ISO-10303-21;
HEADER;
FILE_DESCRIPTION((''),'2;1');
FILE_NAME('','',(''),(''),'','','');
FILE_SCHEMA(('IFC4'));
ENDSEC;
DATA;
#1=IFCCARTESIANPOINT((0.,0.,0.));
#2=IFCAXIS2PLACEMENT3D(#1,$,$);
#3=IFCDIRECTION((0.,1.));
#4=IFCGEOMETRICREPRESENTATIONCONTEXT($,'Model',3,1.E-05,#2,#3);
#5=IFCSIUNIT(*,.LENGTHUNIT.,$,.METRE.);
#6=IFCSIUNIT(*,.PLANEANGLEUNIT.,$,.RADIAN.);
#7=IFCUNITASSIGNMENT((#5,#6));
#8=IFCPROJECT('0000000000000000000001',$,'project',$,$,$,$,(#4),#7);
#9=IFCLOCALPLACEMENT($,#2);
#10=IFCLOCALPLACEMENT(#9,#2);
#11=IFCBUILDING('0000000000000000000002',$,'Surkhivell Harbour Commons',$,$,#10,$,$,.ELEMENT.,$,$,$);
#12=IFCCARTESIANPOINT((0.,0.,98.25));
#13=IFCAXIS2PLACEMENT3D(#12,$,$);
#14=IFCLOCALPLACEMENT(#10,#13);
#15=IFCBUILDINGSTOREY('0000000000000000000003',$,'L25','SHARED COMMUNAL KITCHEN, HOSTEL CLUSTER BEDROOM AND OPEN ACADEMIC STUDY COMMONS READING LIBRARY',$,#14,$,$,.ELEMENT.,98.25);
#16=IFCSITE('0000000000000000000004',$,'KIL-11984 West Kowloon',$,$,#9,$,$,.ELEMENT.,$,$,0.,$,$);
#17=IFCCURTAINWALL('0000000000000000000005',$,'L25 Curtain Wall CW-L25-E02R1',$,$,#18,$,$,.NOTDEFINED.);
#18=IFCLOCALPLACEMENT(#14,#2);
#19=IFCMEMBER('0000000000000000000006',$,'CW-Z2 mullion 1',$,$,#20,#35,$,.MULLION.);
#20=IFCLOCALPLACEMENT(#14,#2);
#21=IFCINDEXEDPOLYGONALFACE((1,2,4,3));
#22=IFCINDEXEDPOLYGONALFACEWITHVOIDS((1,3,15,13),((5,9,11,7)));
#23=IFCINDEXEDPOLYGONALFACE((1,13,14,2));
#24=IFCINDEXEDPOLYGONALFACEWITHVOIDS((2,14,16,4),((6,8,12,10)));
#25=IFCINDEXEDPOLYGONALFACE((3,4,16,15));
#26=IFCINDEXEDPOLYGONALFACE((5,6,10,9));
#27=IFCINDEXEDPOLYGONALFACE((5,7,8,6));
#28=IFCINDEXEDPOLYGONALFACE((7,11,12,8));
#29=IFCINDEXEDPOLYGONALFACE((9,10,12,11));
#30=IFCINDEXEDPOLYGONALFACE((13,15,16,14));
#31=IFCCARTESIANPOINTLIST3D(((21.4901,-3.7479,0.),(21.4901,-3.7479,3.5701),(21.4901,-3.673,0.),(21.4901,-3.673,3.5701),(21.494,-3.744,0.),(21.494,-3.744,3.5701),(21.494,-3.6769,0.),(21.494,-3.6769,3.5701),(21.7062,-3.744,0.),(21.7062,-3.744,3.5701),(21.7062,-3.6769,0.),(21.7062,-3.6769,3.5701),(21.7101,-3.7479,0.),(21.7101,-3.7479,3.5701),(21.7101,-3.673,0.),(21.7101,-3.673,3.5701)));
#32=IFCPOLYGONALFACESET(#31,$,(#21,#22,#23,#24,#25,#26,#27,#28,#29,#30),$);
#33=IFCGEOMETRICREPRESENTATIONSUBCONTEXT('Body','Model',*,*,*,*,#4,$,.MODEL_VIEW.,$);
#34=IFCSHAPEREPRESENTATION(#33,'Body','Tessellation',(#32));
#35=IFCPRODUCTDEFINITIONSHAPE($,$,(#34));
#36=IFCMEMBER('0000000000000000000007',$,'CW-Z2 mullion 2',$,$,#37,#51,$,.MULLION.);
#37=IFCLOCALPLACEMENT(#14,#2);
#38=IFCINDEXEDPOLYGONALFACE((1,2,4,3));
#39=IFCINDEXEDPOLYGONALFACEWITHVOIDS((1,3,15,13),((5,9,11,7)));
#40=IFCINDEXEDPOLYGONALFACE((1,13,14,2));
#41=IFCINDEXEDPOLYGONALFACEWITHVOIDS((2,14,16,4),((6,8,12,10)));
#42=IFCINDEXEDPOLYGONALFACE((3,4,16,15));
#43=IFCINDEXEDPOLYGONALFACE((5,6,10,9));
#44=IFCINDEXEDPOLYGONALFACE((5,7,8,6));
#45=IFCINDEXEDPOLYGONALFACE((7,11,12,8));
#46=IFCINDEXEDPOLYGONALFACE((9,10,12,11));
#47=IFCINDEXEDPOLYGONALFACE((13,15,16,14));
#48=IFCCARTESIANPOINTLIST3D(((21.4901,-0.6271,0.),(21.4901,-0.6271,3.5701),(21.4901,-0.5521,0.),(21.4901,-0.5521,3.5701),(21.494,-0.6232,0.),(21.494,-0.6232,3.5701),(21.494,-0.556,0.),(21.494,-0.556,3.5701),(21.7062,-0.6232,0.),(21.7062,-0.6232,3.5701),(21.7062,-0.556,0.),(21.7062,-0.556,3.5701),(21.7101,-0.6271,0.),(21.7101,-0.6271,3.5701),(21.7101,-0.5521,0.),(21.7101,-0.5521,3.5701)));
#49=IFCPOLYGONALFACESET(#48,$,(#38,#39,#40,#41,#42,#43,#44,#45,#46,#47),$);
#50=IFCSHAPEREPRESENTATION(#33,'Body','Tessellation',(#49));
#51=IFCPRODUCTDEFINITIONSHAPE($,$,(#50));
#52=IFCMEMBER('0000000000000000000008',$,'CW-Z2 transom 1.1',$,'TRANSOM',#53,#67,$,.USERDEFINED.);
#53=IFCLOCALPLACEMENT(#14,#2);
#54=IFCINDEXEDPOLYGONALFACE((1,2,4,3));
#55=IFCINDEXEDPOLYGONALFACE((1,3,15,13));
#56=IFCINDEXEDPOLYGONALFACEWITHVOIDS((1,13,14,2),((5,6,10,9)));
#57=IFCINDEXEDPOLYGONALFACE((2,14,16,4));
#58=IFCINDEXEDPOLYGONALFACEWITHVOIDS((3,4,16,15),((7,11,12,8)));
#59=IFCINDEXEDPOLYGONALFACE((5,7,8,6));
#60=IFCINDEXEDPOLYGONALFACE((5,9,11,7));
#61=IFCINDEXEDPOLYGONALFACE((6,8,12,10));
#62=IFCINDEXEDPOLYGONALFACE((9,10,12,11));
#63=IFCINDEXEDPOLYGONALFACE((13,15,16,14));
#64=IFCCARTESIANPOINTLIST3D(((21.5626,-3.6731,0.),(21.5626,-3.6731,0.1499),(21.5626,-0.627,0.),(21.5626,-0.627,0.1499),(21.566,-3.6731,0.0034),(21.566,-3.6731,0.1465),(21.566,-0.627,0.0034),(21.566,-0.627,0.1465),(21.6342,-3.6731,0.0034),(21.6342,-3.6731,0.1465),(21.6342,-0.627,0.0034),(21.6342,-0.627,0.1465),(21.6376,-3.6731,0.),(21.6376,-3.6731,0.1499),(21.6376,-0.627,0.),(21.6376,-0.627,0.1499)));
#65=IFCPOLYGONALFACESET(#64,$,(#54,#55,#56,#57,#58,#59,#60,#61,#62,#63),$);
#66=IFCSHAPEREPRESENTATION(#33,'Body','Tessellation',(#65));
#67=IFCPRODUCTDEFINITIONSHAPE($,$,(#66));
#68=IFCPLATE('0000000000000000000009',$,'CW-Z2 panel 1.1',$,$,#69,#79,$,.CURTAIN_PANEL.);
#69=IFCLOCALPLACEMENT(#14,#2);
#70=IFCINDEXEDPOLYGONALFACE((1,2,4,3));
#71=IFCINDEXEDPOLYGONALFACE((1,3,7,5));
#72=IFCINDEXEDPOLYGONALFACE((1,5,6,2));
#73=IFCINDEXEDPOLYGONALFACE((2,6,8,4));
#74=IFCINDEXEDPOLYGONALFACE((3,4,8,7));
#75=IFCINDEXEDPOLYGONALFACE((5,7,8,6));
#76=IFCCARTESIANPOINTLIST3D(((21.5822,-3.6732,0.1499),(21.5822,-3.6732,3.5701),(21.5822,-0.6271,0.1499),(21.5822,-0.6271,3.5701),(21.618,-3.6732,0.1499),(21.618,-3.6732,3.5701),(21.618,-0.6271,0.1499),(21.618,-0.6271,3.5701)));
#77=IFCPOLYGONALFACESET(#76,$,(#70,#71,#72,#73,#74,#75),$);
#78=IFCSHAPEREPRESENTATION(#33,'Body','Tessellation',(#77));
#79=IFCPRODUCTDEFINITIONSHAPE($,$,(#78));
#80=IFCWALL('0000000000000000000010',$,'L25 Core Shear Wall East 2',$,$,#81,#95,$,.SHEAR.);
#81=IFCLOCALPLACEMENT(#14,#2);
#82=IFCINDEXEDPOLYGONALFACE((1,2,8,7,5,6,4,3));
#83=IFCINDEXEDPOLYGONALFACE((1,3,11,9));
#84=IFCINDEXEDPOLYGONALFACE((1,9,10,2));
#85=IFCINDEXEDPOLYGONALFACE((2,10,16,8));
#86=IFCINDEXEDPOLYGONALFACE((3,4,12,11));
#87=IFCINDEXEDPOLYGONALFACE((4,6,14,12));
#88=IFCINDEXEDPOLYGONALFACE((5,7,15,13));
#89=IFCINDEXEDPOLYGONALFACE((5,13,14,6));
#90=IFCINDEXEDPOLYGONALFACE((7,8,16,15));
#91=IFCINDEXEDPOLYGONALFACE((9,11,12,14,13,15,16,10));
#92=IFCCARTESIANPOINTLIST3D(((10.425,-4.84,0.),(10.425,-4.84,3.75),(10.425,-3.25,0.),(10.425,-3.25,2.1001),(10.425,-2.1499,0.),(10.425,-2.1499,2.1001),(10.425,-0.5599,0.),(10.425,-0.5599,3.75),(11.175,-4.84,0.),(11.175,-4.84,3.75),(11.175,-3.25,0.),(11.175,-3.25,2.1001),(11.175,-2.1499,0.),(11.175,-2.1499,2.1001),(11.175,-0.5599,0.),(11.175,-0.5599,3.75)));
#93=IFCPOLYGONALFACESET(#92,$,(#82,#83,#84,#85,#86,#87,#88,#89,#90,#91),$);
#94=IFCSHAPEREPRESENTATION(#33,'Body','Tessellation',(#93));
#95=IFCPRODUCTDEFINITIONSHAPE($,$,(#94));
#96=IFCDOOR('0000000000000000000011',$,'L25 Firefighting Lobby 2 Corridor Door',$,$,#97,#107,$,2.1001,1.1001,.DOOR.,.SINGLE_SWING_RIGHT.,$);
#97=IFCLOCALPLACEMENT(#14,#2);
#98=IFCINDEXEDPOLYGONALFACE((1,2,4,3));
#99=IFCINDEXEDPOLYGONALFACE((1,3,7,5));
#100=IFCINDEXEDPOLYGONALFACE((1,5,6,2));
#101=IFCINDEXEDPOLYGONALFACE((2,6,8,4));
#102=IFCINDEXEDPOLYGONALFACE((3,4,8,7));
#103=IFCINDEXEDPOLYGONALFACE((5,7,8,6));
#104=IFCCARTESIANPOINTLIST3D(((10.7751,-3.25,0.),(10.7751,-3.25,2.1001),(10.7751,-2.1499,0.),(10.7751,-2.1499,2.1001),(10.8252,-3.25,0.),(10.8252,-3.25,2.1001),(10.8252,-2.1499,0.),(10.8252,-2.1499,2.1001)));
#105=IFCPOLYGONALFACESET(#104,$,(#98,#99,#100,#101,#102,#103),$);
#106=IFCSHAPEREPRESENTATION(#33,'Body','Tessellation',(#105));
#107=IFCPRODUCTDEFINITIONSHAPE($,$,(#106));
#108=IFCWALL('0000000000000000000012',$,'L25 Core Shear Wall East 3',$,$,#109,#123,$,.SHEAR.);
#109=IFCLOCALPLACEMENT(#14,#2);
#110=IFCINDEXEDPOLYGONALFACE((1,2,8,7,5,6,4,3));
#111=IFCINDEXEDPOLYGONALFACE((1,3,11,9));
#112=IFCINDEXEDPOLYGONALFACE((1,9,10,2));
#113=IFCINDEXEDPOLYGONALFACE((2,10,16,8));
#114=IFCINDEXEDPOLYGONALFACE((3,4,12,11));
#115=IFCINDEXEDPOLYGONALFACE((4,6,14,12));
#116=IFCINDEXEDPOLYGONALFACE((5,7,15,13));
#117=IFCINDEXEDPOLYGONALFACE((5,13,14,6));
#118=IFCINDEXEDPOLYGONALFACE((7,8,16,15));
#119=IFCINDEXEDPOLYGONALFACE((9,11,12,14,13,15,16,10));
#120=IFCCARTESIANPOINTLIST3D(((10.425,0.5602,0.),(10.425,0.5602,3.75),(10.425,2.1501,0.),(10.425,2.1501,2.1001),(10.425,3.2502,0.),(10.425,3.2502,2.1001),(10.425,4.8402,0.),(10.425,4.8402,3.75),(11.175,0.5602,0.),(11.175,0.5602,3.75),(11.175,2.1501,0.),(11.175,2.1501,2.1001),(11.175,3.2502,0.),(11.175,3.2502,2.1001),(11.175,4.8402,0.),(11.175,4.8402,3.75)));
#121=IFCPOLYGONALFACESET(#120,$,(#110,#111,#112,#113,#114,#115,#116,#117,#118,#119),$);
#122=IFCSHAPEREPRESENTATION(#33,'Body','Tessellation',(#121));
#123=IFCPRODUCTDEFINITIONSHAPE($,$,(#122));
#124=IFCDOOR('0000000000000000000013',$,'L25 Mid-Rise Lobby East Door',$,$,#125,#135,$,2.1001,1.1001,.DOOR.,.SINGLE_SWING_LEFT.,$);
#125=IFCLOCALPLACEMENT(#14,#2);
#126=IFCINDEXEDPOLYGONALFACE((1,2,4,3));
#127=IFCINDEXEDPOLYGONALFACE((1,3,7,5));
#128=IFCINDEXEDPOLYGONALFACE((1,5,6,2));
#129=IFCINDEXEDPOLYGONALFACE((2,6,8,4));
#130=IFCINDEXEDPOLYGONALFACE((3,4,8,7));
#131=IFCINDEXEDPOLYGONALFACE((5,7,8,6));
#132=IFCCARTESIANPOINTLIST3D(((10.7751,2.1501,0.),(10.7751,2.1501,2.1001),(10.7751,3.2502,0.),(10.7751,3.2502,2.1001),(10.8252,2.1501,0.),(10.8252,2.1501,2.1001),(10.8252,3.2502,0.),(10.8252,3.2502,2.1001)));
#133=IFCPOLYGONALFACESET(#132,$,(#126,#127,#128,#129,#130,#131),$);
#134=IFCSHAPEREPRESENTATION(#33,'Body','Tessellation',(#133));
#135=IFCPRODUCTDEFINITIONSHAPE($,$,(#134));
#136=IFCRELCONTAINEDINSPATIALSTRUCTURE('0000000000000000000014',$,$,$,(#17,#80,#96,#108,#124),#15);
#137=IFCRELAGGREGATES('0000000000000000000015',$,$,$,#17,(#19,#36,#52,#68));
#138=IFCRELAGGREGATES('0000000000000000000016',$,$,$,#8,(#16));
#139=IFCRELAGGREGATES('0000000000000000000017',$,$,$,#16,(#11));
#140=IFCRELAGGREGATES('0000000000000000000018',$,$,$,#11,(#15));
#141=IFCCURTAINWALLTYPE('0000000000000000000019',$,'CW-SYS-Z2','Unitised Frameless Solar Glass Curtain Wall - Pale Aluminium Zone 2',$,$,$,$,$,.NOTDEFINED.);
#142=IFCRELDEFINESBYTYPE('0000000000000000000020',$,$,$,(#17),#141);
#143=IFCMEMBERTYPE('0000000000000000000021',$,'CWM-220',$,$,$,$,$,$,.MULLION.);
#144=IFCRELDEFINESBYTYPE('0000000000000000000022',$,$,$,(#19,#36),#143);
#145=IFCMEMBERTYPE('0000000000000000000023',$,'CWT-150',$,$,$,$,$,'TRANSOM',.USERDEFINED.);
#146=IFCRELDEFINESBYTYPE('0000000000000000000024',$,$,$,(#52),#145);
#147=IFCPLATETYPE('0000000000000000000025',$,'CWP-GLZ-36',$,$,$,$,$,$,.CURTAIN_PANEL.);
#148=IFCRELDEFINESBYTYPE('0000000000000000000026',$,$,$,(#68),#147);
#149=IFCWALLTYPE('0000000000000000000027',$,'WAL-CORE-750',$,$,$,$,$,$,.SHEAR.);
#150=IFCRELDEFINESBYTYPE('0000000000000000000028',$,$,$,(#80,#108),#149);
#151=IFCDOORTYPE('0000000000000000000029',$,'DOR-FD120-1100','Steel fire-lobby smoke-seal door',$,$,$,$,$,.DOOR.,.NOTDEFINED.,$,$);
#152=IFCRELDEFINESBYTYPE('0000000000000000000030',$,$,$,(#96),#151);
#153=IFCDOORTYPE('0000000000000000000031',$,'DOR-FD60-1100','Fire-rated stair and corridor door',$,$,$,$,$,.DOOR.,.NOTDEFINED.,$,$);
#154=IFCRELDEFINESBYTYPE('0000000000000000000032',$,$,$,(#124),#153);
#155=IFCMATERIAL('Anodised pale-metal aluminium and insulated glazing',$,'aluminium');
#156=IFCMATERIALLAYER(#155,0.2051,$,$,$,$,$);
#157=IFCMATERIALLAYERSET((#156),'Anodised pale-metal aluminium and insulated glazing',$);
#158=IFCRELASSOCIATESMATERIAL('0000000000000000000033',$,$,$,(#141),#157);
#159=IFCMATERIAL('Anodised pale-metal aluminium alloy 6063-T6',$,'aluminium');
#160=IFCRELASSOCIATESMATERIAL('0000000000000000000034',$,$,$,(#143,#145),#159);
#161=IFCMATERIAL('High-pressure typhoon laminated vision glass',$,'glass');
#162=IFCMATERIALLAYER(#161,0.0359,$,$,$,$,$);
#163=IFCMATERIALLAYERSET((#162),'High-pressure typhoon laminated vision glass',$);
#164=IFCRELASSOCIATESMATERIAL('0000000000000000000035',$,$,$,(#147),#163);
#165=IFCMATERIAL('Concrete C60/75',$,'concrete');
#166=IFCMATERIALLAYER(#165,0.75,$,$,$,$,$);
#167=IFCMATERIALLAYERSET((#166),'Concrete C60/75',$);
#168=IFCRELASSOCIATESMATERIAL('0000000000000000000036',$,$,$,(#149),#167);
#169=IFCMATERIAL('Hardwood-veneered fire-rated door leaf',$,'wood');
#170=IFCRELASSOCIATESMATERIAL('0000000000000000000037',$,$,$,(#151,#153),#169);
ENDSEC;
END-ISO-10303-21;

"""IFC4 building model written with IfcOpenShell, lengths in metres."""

from ifc_helpers import new_model, si_unit, direction, frame, frame_2d, origin, origin_2d, place, context, subcontext, project, spatial, rectangle, hollow_rectangle, extrude, material, layer, layer_set, material_profile, profile_set, type_object, element, fill, aggregate, save


model = new_model("IFC4")

# Units and contexts
model_context = context("Model", 3, precision=1e-05, world=origin(), true_north=direction((0.0, 1.0)))
body_context = subcontext(model_context, "Body", "Model", "MODEL_VIEW")
ifc_project = project(units=[si_unit("LENGTHUNIT", "METRE"), si_unit("PLANEANGLEUNIT", "RADIAN")], contexts=[model_context])

# Site, building, storey
site_placement = place(None, origin())
site = spatial("IfcSite", under=ifc_project, at=site_placement, Name="KIL-11984 West Kowloon", CompositionType="ELEMENT", RefElevation=0.0)
building_placement = place(site_placement, origin())
building = spatial("IfcBuilding", under=site, at=building_placement, Name="Surkhivell Harbour Commons", CompositionType="ELEMENT")
storey_placement = place(building_placement, frame((0.0, 0.0, 98.25)))
storey = spatial("IfcBuildingStorey", under=building, at=storey_placement, Name="L25", Description="SHARED COMMUNAL KITCHEN, HOSTEL CLUSTER BEDROOM AND OPEN ACADEMIC STUDY COMMONS READING LIBRARY", CompositionType="ELEMENT", Elevation=98.25)

# Shared definitions
ifc_material_1 = material(Name="Concrete C60/75", Category="concrete")

# Shared definitions
ifc_material_2 = material(Name="Anodised pale-metal aluminium and insulated glazing", Category="aluminium")
ifc_layer_1 = layer(ifc_material_2, 0.2051)
ifc_layer_set_1 = layer_set([ifc_layer_1], Name="Anodised pale-metal aluminium and insulated glazing")
curtain_wall_type = type_object("IfcCurtainWallType", Name="CW-SYS-Z2", Description="Unitised Frameless Solar Glass Curtain Wall - Pale Aluminium Zone 2", PredefinedType="NOTDEFINED", material=ifc_layer_set_1)
ifc_material_3 = material(Name="Anodised pale-metal aluminium alloy 6063-T6", Category="aluminium")
ifc_material_profile_1 = material_profile(ifc_material_3, hollow_rectangle(XDim=0.075, YDim=0.22, WallThickness=0.0039, at=origin_2d()), Name="ALU-MULL-75x220")
ifc_profile_set_1 = profile_set([ifc_material_profile_1], Name="Anodised pale-metal aluminium alloy 6063-T6")
member_type_1 = type_object("IfcMemberType", Name="CWM-220", PredefinedType="MULLION", material=ifc_profile_set_1)

# Curtain wall, members, plate
curtain_wall_1_placement = place(storey_placement, origin())
curtain_wall_1 = element("IfcCurtainWall", 1, at=curtain_wall_1_placement, inside=storey, type_object=curtain_wall_type, Name="L25 Curtain Wall CW-L25-E02R1", PredefinedType="NOTDEFINED")
member_1_placement = place(storey_placement, frame((21.6001, -3.7104, 0.0), z_axis=(0.0, 0.0, 1.0), x_axis=(0.0, 1.0, 0.0)))
member_1 = element("IfcMember", 2, at=member_1_placement, type_object=member_type_1, Name="CW-Z2 mullion 1", PredefinedType="MULLION", context=body_context, shape_type="SweptSolid", body=[
    extrude(hollow_rectangle(XDim=0.075, YDim=0.22, WallThickness=0.0039, at=origin_2d()), origin(), (0.0, 0.0, 1.0), 3.5701),
])
member_2_placement = place(storey_placement, frame((21.6001, -0.5896, 0.0), z_axis=(0.0, 0.0, 1.0), x_axis=(0.0, 1.0, 0.0)))
member_2 = element("IfcMember", 3, at=member_2_placement, type_object=member_type_1, Name="CW-Z2 mullion 2", PredefinedType="MULLION", context=body_context, shape_type="SweptSolid", body=[
    extrude(hollow_rectangle(XDim=0.075, YDim=0.22, WallThickness=0.0039, at=origin_2d()), origin(), (0.0, 0.0, 1.0), 3.5701),
])
ifc_material_profile_2 = material_profile(ifc_material_3, hollow_rectangle(XDim=0.075, YDim=0.1499, WallThickness=0.0034, at=origin_2d()), Name="ALU-TRAN-75x150")
ifc_profile_set_2 = profile_set([ifc_material_profile_2], Name="Anodised pale-metal aluminium alloy 6063-T6")
member_type_2 = type_object("IfcMemberType", Name="CWT-150", ElementType="TRANSOM", PredefinedType="USERDEFINED", material=ifc_profile_set_2)
member_3_placement = place(storey_placement, frame((21.6001, -3.6731, 0.075), z_axis=(0.0, 1.0, 0.0), x_axis=(-1.0, 0.0, 0.0)))
member_3 = element("IfcMember", 4, at=member_3_placement, type_object=member_type_2, Name="CW-Z2 transom 1.1", ObjectType="TRANSOM", PredefinedType="USERDEFINED", context=body_context, shape_type="SweptSolid", body=[
    extrude(hollow_rectangle(XDim=0.075, YDim=0.1499, WallThickness=0.0034, at=origin_2d()), origin(), (0.0, 0.0, 1.0), 3.0461),
])
ifc_material_4 = material(Name="High-pressure typhoon laminated vision glass", Category="glass")
ifc_layer_2 = layer(ifc_material_4, 0.0359)
ifc_layer_set_2 = layer_set([ifc_layer_2], Name="High-pressure typhoon laminated vision glass")
plate_type = type_object("IfcPlateType", Name="CWP-GLZ-36", PredefinedType="CURTAIN_PANEL", material=ifc_layer_set_2)
plate_placement = place(storey_placement, frame((21.6001, -3.6731, 0.1499), z_axis=(0.0, 0.0, 1.0), x_axis=(0.0, 1.0, 0.0)))
plate = element("IfcPlate", 5, at=plate_placement, type_object=plate_type, Name="CW-Z2 panel 1.1", PredefinedType="CURTAIN_PANEL", context=body_context, shape_type="SweptSolid", body=[
    extrude(rectangle(XDim=3.0461, YDim=0.0359, at=frame_2d((1.5229, 0.0))), origin(), (0.0, 0.0, 1.0), 3.4202),
])
aggregate(curtain_wall_1, [member_1, member_2, member_3, plate])

# Walls, openings, doors
ifc_layer_3 = layer(ifc_material_1, 0.75)
ifc_layer_set_3 = layer_set([ifc_layer_3], Name="Concrete C60/75")
wall_type_1 = type_object("IfcWallType", Name="WAL-CORE-750", PredefinedType="SHEAR", material=ifc_layer_set_3)
wall_1_placement = place(storey_placement, frame((10.8, -4.8401, 0.0), z_axis=(0.0, 0.0, 1.0), x_axis=(0.0, 1.0, 0.0)))
wall_1 = element("IfcWall", 6, at=wall_1_placement, inside=storey, type_object=wall_type_1, Name="L25 Core Shear Wall East 2", PredefinedType="SHEAR", context=body_context, shape_type="SweptSolid", body=[
    extrude(rectangle(XDim=4.28, YDim=0.75, at=frame_2d((2.1401, 0.0))), origin(), (0.0, 0.0, 1.0), 3.75),
])
opening_1_placement = place(wall_1_placement, frame((1.5901, 0.0, 0.0)))
opening_1 = element("IfcOpeningElement", 7, at=opening_1_placement, cuts=wall_1, PredefinedType="OPENING", context=body_context, shape_type="SweptSolid", body=[
    extrude(rectangle(XDim=1.1001, YDim=2.1001, at=frame_2d((0.55, 1.05))), frame((0.0, 0.385, 0.0), z_axis=(0.0, -1.0, 0.0), x_axis=(1.0, 0.0, 0.0)), (0.0, 0.0, 1.0), 0.77),
])
ifc_material_5 = material(Name="Hardwood-veneered fire-rated door leaf", Category="wood")
door_type_1 = type_object("IfcDoorType", Name="DOR-FD120-1100", Description="Steel fire-lobby smoke-seal door", OperationType="NOTDEFINED", PredefinedType="DOOR", material=ifc_material_5)
door_1_placement = place(opening_1_placement, origin())
door_1 = element("IfcDoor", 8, at=door_1_placement, inside=storey, type_object=door_type_1, Name="L25 Firefighting Lobby 2 Corridor Door", OperationType="SINGLE_SWING_RIGHT", OverallHeight=2.1001, OverallWidth=1.1001, PredefinedType="DOOR", context=body_context, shape_type="SweptSolid", body=[
    extrude(rectangle(XDim=1.1001, YDim=2.1001, at=frame_2d((0.55, 1.05))), frame((0.0, 0.0249, 0.0), z_axis=(0.0, -1.0, 0.0), x_axis=(1.0, 0.0, 0.0)), (0.0, 0.0, 1.0), 0.05),
])
fill(opening_1, door_1)
wall_2_placement = place(storey_placement, frame((10.8, 0.5601, 0.0), z_axis=(0.0, 0.0, 1.0), x_axis=(0.0, 1.0, 0.0)))
wall_2 = element("IfcWall", 9, at=wall_2_placement, inside=storey, type_object=wall_type_1, Name="L25 Core Shear Wall East 3", PredefinedType="SHEAR", context=body_context, shape_type="SweptSolid", body=[
    extrude(rectangle(XDim=4.28, YDim=0.75, at=frame_2d((2.1401, 0.0))), origin(), (0.0, 0.0, 1.0), 3.75),
])
opening_2_placement = place(wall_2_placement, frame((1.5901, 0.0, 0.0)))
opening_2 = element("IfcOpeningElement", 10, at=opening_2_placement, cuts=wall_2, PredefinedType="OPENING", context=body_context, shape_type="SweptSolid", body=[
    extrude(rectangle(XDim=1.1001, YDim=2.1001, at=frame_2d((0.55, 1.05))), frame((0.0, 0.385, 0.0), z_axis=(0.0, -1.0, 0.0), x_axis=(1.0, 0.0, 0.0)), (0.0, 0.0, 1.0), 0.77),
])
door_type_2 = type_object("IfcDoorType", Name="DOR-FD60-1100", Description="Fire-rated stair and corridor door", OperationType="NOTDEFINED", PredefinedType="DOOR", material=ifc_material_5)
door_2_placement = place(opening_2_placement, origin())
door_2 = element("IfcDoor", 11, at=door_2_placement, inside=storey, type_object=door_type_2, Name="L25 Mid-Rise Lobby East Door", OperationType="SINGLE_SWING_LEFT", OverallHeight=2.1001, OverallWidth=1.1001, PredefinedType="DOOR", context=body_context, shape_type="SweptSolid", body=[
    extrude(rectangle(XDim=1.1001, YDim=2.1001, at=frame_2d((0.55, 1.05))), frame((0.0, 0.0249, 0.0), z_axis=(0.0, -1.0, 0.0), x_axis=(1.0, 0.0, 0.0)), (0.0, 0.0, 1.0), 0.05),
])
fill(opening_2, door_2)

save(model, "model.ifc")
